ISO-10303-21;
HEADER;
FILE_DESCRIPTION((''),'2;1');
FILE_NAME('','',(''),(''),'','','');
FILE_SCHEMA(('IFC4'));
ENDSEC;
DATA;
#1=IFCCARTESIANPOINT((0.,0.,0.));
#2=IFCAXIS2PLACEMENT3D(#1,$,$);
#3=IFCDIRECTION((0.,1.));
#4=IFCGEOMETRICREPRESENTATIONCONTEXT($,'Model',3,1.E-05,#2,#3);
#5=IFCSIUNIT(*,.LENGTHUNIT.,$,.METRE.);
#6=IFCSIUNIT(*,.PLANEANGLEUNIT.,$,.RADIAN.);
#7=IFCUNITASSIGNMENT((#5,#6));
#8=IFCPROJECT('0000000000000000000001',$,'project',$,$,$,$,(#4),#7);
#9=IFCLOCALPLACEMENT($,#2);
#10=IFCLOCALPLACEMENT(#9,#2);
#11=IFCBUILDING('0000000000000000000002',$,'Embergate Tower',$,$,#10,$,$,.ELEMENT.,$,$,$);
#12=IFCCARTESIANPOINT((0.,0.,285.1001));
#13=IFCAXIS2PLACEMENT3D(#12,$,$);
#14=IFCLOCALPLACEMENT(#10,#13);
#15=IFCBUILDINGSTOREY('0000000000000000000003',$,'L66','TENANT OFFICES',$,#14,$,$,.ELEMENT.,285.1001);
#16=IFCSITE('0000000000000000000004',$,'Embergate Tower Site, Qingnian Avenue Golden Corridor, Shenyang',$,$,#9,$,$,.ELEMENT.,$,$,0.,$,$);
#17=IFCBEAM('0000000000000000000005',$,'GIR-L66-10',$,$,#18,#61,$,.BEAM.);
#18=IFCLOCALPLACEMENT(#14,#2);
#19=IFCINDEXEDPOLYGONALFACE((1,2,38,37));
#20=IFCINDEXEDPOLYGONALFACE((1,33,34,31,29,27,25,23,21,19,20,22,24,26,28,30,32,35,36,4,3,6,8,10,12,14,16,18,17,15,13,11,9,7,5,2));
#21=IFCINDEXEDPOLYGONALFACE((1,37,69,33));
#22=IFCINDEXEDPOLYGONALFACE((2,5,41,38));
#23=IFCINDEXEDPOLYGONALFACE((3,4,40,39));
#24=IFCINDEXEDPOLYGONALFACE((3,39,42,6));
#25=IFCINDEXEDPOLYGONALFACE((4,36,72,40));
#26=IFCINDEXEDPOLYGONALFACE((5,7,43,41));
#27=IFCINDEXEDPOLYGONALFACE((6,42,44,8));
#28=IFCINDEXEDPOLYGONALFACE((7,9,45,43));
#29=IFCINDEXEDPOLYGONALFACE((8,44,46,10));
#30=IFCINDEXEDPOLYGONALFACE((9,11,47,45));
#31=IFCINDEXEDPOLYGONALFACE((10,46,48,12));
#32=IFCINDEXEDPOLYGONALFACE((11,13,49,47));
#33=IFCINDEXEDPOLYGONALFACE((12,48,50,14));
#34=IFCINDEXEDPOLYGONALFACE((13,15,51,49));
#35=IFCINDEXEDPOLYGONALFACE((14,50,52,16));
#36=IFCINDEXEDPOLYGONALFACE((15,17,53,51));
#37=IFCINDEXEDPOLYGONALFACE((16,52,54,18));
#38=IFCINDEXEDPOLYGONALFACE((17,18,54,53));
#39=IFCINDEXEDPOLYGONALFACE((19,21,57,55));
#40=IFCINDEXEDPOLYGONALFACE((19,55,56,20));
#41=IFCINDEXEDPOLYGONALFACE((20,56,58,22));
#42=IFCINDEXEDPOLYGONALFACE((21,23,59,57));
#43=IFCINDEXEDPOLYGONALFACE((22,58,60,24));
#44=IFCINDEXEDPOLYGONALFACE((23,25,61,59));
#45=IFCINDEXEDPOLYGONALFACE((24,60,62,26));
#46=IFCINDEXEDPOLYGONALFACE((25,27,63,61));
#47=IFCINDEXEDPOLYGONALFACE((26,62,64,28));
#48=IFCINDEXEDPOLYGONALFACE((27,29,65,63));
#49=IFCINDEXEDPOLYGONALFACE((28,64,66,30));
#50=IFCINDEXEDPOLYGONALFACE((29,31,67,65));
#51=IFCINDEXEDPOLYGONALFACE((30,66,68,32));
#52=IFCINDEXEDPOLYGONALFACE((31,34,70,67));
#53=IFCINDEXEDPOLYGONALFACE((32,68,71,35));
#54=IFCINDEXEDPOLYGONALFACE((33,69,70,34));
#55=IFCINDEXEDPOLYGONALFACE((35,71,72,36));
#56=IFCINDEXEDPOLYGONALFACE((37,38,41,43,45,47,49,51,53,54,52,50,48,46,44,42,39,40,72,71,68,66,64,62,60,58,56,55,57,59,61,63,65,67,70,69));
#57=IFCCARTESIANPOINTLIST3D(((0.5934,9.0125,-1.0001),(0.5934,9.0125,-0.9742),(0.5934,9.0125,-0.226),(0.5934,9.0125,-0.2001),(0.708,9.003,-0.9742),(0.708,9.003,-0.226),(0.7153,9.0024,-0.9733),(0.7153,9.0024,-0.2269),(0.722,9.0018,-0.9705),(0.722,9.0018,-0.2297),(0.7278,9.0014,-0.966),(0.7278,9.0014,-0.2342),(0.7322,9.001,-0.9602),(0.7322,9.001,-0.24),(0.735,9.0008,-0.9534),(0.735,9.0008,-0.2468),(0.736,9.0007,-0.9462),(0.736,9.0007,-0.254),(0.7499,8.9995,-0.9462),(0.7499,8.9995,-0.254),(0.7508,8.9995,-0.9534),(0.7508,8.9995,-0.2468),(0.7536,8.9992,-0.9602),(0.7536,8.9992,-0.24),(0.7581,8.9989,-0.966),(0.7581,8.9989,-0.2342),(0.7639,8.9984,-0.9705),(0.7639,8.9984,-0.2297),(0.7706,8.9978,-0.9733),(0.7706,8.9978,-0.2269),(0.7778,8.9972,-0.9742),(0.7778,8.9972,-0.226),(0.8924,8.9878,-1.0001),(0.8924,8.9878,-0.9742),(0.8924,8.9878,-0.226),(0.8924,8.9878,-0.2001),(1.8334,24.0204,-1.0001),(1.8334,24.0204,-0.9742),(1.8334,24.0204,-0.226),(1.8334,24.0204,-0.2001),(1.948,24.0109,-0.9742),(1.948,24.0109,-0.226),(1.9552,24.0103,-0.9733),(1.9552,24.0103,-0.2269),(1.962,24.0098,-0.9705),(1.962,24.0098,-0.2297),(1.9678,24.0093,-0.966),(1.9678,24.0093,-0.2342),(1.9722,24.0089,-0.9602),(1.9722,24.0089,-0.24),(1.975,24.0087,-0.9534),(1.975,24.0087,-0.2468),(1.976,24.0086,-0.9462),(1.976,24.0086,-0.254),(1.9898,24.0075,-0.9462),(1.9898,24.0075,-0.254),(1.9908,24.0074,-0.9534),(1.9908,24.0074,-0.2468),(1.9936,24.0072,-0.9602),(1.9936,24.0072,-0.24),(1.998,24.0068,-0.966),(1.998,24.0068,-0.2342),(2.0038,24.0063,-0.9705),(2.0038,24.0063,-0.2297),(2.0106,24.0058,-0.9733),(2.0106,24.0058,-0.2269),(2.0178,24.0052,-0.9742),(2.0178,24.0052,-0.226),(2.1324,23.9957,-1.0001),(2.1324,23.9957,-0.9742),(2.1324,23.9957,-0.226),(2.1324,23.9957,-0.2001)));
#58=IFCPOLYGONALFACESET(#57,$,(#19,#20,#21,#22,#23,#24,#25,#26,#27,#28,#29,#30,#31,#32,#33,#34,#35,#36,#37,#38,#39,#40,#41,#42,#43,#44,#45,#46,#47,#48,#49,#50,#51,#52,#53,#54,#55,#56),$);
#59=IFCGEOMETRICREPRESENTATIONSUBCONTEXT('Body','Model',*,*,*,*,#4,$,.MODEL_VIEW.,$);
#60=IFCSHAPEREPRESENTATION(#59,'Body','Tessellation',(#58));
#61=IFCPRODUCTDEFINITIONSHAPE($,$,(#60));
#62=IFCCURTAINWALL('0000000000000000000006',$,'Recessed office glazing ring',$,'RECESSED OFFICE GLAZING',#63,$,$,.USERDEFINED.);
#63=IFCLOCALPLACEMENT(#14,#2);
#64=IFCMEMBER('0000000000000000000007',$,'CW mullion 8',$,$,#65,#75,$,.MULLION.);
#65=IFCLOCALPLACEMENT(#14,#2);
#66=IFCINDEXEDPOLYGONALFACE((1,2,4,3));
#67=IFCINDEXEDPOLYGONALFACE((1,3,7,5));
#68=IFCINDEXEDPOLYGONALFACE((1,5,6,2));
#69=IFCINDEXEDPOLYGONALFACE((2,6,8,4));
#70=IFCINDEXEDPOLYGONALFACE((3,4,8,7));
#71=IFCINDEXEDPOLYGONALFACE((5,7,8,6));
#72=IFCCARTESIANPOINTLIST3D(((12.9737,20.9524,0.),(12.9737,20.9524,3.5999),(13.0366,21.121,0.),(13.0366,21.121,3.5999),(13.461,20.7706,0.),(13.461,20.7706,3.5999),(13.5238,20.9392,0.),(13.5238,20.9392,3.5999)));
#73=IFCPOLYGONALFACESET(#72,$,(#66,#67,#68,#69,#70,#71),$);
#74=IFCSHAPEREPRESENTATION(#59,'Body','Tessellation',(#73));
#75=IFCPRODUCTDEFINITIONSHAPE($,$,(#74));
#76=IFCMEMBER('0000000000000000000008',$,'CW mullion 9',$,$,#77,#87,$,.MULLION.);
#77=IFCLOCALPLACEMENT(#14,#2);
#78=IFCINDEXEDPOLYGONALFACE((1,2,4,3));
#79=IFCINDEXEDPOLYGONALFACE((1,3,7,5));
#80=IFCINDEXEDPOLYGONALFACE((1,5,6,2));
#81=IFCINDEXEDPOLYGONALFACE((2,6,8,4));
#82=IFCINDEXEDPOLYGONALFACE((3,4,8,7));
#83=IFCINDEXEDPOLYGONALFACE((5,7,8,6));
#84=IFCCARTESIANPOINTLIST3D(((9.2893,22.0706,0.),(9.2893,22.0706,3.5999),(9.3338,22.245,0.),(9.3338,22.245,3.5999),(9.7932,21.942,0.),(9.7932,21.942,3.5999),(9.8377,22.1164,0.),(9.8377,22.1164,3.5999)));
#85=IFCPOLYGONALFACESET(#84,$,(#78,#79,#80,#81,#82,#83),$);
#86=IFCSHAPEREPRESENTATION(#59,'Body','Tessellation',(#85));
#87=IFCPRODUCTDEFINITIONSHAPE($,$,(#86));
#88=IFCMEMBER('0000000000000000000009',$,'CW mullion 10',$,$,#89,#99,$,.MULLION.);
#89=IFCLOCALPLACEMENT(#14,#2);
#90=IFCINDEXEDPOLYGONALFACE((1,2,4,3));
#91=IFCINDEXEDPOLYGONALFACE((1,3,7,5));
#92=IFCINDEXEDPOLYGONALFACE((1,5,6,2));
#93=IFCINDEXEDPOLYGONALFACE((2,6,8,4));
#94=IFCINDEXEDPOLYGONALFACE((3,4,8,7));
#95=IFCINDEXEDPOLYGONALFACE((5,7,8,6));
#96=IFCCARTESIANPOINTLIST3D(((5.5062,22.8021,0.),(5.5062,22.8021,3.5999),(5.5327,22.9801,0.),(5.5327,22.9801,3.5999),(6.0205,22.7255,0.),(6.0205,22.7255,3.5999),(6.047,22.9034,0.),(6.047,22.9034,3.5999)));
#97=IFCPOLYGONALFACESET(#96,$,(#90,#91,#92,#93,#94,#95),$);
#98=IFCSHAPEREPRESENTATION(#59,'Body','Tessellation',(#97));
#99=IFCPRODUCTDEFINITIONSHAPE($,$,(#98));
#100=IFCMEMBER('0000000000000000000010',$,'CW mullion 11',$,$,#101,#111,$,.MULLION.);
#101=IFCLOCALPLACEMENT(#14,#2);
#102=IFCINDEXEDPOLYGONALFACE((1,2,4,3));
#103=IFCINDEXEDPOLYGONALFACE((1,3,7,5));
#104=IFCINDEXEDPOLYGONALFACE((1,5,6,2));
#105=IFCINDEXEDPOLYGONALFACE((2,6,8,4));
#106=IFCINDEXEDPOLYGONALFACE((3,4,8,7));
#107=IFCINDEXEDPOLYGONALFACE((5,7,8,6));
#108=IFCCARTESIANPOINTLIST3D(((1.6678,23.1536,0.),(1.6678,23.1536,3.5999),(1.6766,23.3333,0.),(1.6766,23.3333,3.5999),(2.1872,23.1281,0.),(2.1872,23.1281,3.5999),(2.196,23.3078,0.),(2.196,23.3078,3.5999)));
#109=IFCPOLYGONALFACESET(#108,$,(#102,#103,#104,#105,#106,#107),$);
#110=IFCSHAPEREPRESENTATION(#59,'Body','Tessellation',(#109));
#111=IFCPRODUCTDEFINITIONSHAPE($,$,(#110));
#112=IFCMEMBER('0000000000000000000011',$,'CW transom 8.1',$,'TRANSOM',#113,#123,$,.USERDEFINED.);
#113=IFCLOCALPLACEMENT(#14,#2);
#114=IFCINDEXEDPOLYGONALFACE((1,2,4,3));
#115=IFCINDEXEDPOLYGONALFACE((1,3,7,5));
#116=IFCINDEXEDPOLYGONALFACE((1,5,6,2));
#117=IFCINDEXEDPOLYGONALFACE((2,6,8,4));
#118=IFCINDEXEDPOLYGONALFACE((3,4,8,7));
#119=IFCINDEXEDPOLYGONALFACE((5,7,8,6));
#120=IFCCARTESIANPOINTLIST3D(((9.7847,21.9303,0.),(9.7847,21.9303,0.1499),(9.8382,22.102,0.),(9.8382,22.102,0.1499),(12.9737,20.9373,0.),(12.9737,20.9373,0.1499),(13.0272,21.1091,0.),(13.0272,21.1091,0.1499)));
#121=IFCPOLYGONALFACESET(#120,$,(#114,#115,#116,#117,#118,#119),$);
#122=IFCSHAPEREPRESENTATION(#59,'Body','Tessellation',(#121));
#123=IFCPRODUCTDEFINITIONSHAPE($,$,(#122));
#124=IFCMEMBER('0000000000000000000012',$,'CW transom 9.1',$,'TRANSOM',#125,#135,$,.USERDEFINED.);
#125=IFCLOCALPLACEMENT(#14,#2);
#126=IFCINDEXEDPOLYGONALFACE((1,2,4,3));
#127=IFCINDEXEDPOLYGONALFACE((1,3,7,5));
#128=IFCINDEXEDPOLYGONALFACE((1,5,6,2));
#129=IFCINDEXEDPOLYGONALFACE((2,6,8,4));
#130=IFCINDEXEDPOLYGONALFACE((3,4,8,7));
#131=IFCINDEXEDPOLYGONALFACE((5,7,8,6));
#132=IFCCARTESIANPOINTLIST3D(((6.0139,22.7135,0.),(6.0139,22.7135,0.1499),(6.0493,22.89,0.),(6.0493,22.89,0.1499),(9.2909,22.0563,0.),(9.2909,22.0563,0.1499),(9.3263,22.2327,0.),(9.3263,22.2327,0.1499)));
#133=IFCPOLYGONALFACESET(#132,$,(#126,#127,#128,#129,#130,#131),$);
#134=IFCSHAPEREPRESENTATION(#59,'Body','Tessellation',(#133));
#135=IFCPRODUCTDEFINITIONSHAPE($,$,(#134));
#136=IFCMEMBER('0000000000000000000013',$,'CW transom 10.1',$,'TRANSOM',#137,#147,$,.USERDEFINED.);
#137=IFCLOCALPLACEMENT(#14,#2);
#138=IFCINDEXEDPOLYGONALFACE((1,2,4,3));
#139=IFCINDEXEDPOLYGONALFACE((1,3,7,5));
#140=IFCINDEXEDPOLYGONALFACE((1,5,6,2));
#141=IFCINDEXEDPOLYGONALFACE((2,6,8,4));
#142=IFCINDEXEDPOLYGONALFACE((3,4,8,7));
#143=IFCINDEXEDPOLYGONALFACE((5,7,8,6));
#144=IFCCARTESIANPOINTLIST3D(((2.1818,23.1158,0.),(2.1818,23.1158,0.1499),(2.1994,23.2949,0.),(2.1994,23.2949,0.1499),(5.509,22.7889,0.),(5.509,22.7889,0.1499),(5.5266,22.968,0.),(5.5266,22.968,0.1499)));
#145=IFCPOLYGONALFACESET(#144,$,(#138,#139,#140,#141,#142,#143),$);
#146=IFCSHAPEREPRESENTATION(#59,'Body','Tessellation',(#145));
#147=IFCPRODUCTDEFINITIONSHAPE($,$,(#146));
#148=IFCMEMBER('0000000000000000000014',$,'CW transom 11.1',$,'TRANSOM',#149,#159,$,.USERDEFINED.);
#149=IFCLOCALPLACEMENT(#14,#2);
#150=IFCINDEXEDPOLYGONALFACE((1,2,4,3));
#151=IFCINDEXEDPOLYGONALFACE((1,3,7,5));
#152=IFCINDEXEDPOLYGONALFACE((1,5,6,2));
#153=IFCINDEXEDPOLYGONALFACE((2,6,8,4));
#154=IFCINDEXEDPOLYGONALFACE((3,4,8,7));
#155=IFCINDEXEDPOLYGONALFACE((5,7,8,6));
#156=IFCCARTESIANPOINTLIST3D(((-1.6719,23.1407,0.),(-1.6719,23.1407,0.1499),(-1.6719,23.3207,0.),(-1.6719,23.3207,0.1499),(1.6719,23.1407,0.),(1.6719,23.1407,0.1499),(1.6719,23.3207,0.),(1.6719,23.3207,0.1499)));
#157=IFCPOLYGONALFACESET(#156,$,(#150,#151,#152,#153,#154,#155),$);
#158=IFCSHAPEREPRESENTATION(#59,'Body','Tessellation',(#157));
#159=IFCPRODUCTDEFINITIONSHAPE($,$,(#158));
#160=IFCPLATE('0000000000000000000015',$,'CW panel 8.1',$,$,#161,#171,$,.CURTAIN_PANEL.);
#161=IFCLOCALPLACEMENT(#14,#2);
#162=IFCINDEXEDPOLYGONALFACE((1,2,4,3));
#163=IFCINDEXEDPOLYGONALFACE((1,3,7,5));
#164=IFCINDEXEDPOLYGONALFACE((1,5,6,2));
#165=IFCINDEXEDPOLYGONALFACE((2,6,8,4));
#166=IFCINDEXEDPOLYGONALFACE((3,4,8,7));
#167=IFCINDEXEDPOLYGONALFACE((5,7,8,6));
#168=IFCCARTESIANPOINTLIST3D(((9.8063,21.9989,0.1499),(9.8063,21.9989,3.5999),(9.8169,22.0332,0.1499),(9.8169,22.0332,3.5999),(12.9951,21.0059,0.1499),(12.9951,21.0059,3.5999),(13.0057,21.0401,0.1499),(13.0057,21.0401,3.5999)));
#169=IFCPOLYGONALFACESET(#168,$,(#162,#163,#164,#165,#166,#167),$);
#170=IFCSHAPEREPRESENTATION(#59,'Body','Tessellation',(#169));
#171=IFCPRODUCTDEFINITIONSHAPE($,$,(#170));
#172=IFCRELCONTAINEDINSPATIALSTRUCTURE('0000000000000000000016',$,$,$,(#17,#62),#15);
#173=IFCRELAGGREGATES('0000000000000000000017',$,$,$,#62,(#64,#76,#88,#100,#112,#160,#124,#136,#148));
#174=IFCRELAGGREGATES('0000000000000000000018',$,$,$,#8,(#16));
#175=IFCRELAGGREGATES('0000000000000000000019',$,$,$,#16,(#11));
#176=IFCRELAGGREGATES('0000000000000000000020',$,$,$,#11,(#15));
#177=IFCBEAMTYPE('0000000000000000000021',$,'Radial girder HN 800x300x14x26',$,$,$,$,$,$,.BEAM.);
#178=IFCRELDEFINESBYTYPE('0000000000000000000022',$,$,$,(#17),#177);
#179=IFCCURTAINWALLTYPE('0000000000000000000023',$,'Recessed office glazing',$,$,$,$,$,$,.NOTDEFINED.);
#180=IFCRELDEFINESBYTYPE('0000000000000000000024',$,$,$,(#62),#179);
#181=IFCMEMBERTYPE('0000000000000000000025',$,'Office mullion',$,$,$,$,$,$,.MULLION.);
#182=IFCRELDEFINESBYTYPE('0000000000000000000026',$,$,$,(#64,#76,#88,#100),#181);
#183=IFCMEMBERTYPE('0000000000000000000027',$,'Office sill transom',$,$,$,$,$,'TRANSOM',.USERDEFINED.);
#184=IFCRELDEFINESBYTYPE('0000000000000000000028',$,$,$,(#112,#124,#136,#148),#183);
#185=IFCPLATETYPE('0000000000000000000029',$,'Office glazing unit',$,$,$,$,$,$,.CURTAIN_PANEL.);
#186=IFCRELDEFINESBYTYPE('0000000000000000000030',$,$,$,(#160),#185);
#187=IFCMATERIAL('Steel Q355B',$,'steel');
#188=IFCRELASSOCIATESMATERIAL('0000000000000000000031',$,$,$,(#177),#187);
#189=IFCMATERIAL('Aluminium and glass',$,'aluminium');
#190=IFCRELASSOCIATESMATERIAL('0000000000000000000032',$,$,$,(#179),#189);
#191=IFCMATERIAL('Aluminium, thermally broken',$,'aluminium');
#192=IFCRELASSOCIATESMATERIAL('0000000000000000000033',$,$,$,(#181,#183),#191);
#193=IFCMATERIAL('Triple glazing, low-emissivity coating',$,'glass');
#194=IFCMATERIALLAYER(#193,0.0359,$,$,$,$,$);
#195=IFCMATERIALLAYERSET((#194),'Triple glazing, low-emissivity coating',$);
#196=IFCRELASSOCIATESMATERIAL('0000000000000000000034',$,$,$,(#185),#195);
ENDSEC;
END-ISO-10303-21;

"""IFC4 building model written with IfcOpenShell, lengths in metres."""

from ifc_helpers import new_model, si_unit, direction, frame, origin, origin_2d, place, context, subcontext, project, spatial, rectangle, i_section, extrude, source, transform, mapped, material, layer, layer_set, material_profile, profile_set, type_object, element, aggregate, save


model = new_model("IFC4")

# Units and contexts
model_context = context("Model", 3, precision=1e-05, world=origin(), true_north=direction((0.0, 1.0)))
body_context = subcontext(model_context, "Body", "Model", "MODEL_VIEW")
ifc_project = project(units=[si_unit("LENGTHUNIT", "METRE"), si_unit("PLANEANGLEUNIT", "RADIAN")], contexts=[model_context])

# Site, building, storey
site_placement = place(None, origin())
site = spatial("IfcSite", under=ifc_project, at=site_placement, Name="Embergate Tower Site, Qingnian Avenue Golden Corridor, Shenyang", CompositionType="ELEMENT", RefElevation=0.0)
building_placement = place(site_placement, origin())
building = spatial("IfcBuilding", under=site, at=building_placement, Name="Embergate Tower", CompositionType="ELEMENT")
storey_placement = place(building_placement, frame((0.0, 0.0, 285.1001)))
storey = spatial("IfcBuildingStorey", under=building, at=storey_placement, Name="L66", Description="TENANT OFFICES", CompositionType="ELEMENT", Elevation=285.1001)

# Beam
ifc_material_1 = material(Name="Steel Q355B", Category="steel")
ifc_material_profile_1 = material_profile(ifc_material_1, i_section(OverallWidth=0.3, OverallDepth=0.8, WebThickness=0.0139, FlangeThickness=0.0259, FilletRadius=0.0281, at=origin_2d()), Name="HN 800x300x14x26")
ifc_profile_set_1 = profile_set([ifc_material_profile_1], Name="Steel Q355 grade B")
beam_type_1 = type_object("IfcBeamType", Name="Radial girder HN 800x300x14x26", PredefinedType="BEAM", material=ifc_profile_set_1)
shared_shape_1 = source(origin(), body_context, "Body", "SweptSolid", [
    extrude(i_section(OverallWidth=0.3, OverallDepth=0.8, WebThickness=0.0139, FlangeThickness=0.0259, FilletRadius=0.0281, at=origin_2d()), origin(), (0.0, 0.0, 1.0), 15.0591),
])
beam_1_placement = place(storey_placement, frame((1.9829, 24.0081, -0.6001), z_axis=(-0.082341, -0.996604, 0.0), x_axis=(0.996604, -0.082341, 0.0)))
element("IfcBeam", 1, at=beam_1_placement, inside=storey, type_object=beam_type_1, Name="GIR-L66-10", PredefinedType="BEAM", context=body_context, shape_type="MappedRepresentation", body=[
    mapped(shared_shape_1, transform((0.0, 0.0, 0.0))),
])

# Curtain wall, members, plate
ifc_material_2 = material(Name="Aluminium and glass", Category="aluminium")
curtain_wall_type = type_object("IfcCurtainWallType", Name="Recessed office glazing", PredefinedType="NOTDEFINED", material=ifc_material_2)
curtain_wall_placement = place(storey_placement, origin())
curtain_wall = element("IfcCurtainWall", 2, at=curtain_wall_placement, inside=storey, type_object=curtain_wall_type, Name="Recessed office glazing ring", ObjectType="RECESSED OFFICE GLAZING", PredefinedType="USERDEFINED")
ifc_material_3 = material(Name="Aluminium, thermally broken", Category="aluminium")
ifc_material_profile_2 = material_profile(ifc_material_3, rectangle(XDim=0.1799, YDim=0.52, at=origin_2d()), Name="AL 520x180")
ifc_profile_set_2 = profile_set([ifc_material_profile_2], Name="Aluminium, thermally broken")
member_type_1 = type_object("IfcMemberType", Name="Office mullion", PredefinedType="MULLION", material=ifc_profile_set_2)
shared_shape_2 = source(origin(), body_context, "Body", "SweptSolid", [
    extrude(rectangle(XDim=0.1799, YDim=0.52, at=origin_2d()), origin(), (0.0, 0.0, 1.0), 3.5999),
])
member_1_placement = place(storey_placement, frame((13.2488, 20.9458, 0.0), z_axis=(0.0, 0.0, 1.0), x_axis=(-0.349493, -0.936939, 0.0)))
member_1 = element("IfcMember", 3, at=member_1_placement, type_object=member_type_1, Name="CW mullion 8", PredefinedType="MULLION", context=body_context, shape_type="MappedRepresentation", body=[
    mapped(shared_shape_2, transform((0.0, 0.0, 0.0))),
])
member_2_placement = place(storey_placement, frame((9.5635, 22.0935, 0.0), z_axis=(0.0, 0.0, 1.0), x_axis=(-0.247305, -0.968938, 0.0)))
member_2 = element("IfcMember", 4, at=member_2_placement, type_object=member_type_1, Name="CW mullion 9", PredefinedType="MULLION", context=body_context, shape_type="MappedRepresentation", body=[
    mapped(shared_shape_2, transform((0.0, 0.0, 0.0))),
])
member_3_placement = place(storey_placement, frame((5.7766, 22.8528, 0.0), z_axis=(0.0, 0.0, 1.0), x_axis=(-0.147407, -0.989076, 0.0)))
member_3 = element("IfcMember", 5, at=member_3_placement, type_object=member_type_1, Name="CW mullion 10", PredefinedType="MULLION", context=body_context, shape_type="MappedRepresentation", body=[
    mapped(shared_shape_2, transform((0.0, 0.0, 0.0))),
])
member_4_placement = place(storey_placement, frame((1.9319, 23.2307, 0.0), z_axis=(0.0, 0.0, 1.0), x_axis=(-0.04897, -0.9988, 0.0)))
member_4 = element("IfcMember", 6, at=member_4_placement, type_object=member_type_1, Name="CW mullion 11", PredefinedType="MULLION", context=body_context, shape_type="MappedRepresentation", body=[
    mapped(shared_shape_2, transform((0.0, 0.0, 0.0))),
])
ifc_material_profile_3 = material_profile(ifc_material_3, rectangle(XDim=0.1799, YDim=0.1499, at=origin_2d()), Name="AL 150x180")
ifc_profile_set_3 = profile_set([ifc_material_profile_3], Name="Aluminium, thermally broken")
member_type_2 = type_object("IfcMemberType", Name="Office sill transom", ElementType="TRANSOM", PredefinedType="USERDEFINED", material=ifc_profile_set_3)
shared_shape_3 = source(origin(), body_context, "Body", "SweptSolid", [
    extrude(rectangle(XDim=0.1799, YDim=0.1499, at=origin_2d()), origin(), (0.0, 0.0, 1.0), 3.3401),
])
member_5_placement = place(storey_placement, frame((13.0005, 21.0232, 0.075), z_axis=(-0.954789, 0.297284, 0.0), x_axis=(-0.297284, -0.954789, 0.0)))
member_5 = element("IfcMember", 7, at=member_5_placement, type_object=member_type_2, Name="CW transom 8.1", ObjectType="TRANSOM", PredefinedType="USERDEFINED", context=body_context, shape_type="MappedRepresentation", body=[
    mapped(shared_shape_3, transform((0.0, 0.0, 0.0))),
])
shared_shape_4 = source(origin(), body_context, "Body", "SweptSolid", [
    extrude(rectangle(XDim=0.1799, YDim=0.1499, at=origin_2d()), origin(), (0.0, 0.0, 1.0), 3.3423),
])
member_6_placement = place(storey_placement, frame((9.3086, 22.1445, 0.075), z_axis=(-0.980477, 0.196636, 0.0), x_axis=(-0.196636, -0.980477, 0.0)))
member_6 = element("IfcMember", 8, at=member_6_placement, type_object=member_type_2, Name="CW transom 9.1", ObjectType="TRANSOM", PredefinedType="USERDEFINED", context=body_context, shape_type="MappedRepresentation", body=[
    mapped(shared_shape_4, transform((0.0, 0.0, 0.0))),
])
shared_shape_5 = source(origin(), body_context, "Body", "SweptSolid", [
    extrude(rectangle(XDim=0.1799, YDim=0.1499, at=origin_2d()), origin(), (0.0, 0.0, 1.0), 3.3433),
])
member_7_placement = place(storey_placement, frame((5.5178, 22.8784, 0.075), z_axis=(-0.995208, 0.097783, 0.0), x_axis=(-0.097783, -0.995208, 0.0)))
member_7 = element("IfcMember", 9, at=member_7_placement, type_object=member_type_2, Name="CW transom 10.1", ObjectType="TRANSOM", PredefinedType="USERDEFINED", context=body_context, shape_type="MappedRepresentation", body=[
    mapped(shared_shape_5, transform((0.0, 0.0, 0.0))),
])
shared_shape_6 = source(origin(), body_context, "Body", "SweptSolid", [
    extrude(rectangle(XDim=0.1799, YDim=0.1499, at=origin_2d()), origin(), (0.0, 0.0, 1.0), 3.3438),
])
member_8_placement = place(storey_placement, frame((1.6719, 23.2307, 0.075), z_axis=(-1.0, 0.0, 0.0), x_axis=(0.0, -1.0, 0.0)))
member_8 = element("IfcMember", 10, at=member_8_placement, type_object=member_type_2, Name="CW transom 11.1", ObjectType="TRANSOM", PredefinedType="USERDEFINED", context=body_context, shape_type="MappedRepresentation", body=[
    mapped(shared_shape_6, transform((0.0, 0.0, 0.0))),
])
ifc_material_4 = material(Name="Triple glazing, low-emissivity coating", Category="glass")
ifc_layer_1 = layer(ifc_material_4, 0.0359)
ifc_layer_set_1 = layer_set([ifc_layer_1], Name="Triple glazing, low-emissivity coating")
plate_type = type_object("IfcPlateType", Name="Office glazing unit", PredefinedType="CURTAIN_PANEL", material=ifc_layer_set_1)
shared_shape_7 = source(origin(), body_context, "Body", "SweptSolid", [
    extrude(rectangle(XDim=3.3398, YDim=0.0359, at=origin_2d()), origin(), (0.0, 0.0, 1.0), 3.45),
])
plate_1_placement = place(storey_placement, frame((11.406, 21.5195, 0.1499), z_axis=(0.0, 0.0, 1.0), x_axis=(-0.954774, 0.297333, 0.0)))
plate_1 = element("IfcPlate", 11, at=plate_1_placement, type_object=plate_type, Name="CW panel 8.1", PredefinedType="CURTAIN_PANEL", context=body_context, shape_type="MappedRepresentation", body=[
    mapped(shared_shape_7, transform((0.0, 0.0, 0.0))),
])
aggregate(curtain_wall, [member_1, member_2, member_3, member_4, member_5, plate_1, member_6, member_7, member_8])

save(model, "model.ifc")
